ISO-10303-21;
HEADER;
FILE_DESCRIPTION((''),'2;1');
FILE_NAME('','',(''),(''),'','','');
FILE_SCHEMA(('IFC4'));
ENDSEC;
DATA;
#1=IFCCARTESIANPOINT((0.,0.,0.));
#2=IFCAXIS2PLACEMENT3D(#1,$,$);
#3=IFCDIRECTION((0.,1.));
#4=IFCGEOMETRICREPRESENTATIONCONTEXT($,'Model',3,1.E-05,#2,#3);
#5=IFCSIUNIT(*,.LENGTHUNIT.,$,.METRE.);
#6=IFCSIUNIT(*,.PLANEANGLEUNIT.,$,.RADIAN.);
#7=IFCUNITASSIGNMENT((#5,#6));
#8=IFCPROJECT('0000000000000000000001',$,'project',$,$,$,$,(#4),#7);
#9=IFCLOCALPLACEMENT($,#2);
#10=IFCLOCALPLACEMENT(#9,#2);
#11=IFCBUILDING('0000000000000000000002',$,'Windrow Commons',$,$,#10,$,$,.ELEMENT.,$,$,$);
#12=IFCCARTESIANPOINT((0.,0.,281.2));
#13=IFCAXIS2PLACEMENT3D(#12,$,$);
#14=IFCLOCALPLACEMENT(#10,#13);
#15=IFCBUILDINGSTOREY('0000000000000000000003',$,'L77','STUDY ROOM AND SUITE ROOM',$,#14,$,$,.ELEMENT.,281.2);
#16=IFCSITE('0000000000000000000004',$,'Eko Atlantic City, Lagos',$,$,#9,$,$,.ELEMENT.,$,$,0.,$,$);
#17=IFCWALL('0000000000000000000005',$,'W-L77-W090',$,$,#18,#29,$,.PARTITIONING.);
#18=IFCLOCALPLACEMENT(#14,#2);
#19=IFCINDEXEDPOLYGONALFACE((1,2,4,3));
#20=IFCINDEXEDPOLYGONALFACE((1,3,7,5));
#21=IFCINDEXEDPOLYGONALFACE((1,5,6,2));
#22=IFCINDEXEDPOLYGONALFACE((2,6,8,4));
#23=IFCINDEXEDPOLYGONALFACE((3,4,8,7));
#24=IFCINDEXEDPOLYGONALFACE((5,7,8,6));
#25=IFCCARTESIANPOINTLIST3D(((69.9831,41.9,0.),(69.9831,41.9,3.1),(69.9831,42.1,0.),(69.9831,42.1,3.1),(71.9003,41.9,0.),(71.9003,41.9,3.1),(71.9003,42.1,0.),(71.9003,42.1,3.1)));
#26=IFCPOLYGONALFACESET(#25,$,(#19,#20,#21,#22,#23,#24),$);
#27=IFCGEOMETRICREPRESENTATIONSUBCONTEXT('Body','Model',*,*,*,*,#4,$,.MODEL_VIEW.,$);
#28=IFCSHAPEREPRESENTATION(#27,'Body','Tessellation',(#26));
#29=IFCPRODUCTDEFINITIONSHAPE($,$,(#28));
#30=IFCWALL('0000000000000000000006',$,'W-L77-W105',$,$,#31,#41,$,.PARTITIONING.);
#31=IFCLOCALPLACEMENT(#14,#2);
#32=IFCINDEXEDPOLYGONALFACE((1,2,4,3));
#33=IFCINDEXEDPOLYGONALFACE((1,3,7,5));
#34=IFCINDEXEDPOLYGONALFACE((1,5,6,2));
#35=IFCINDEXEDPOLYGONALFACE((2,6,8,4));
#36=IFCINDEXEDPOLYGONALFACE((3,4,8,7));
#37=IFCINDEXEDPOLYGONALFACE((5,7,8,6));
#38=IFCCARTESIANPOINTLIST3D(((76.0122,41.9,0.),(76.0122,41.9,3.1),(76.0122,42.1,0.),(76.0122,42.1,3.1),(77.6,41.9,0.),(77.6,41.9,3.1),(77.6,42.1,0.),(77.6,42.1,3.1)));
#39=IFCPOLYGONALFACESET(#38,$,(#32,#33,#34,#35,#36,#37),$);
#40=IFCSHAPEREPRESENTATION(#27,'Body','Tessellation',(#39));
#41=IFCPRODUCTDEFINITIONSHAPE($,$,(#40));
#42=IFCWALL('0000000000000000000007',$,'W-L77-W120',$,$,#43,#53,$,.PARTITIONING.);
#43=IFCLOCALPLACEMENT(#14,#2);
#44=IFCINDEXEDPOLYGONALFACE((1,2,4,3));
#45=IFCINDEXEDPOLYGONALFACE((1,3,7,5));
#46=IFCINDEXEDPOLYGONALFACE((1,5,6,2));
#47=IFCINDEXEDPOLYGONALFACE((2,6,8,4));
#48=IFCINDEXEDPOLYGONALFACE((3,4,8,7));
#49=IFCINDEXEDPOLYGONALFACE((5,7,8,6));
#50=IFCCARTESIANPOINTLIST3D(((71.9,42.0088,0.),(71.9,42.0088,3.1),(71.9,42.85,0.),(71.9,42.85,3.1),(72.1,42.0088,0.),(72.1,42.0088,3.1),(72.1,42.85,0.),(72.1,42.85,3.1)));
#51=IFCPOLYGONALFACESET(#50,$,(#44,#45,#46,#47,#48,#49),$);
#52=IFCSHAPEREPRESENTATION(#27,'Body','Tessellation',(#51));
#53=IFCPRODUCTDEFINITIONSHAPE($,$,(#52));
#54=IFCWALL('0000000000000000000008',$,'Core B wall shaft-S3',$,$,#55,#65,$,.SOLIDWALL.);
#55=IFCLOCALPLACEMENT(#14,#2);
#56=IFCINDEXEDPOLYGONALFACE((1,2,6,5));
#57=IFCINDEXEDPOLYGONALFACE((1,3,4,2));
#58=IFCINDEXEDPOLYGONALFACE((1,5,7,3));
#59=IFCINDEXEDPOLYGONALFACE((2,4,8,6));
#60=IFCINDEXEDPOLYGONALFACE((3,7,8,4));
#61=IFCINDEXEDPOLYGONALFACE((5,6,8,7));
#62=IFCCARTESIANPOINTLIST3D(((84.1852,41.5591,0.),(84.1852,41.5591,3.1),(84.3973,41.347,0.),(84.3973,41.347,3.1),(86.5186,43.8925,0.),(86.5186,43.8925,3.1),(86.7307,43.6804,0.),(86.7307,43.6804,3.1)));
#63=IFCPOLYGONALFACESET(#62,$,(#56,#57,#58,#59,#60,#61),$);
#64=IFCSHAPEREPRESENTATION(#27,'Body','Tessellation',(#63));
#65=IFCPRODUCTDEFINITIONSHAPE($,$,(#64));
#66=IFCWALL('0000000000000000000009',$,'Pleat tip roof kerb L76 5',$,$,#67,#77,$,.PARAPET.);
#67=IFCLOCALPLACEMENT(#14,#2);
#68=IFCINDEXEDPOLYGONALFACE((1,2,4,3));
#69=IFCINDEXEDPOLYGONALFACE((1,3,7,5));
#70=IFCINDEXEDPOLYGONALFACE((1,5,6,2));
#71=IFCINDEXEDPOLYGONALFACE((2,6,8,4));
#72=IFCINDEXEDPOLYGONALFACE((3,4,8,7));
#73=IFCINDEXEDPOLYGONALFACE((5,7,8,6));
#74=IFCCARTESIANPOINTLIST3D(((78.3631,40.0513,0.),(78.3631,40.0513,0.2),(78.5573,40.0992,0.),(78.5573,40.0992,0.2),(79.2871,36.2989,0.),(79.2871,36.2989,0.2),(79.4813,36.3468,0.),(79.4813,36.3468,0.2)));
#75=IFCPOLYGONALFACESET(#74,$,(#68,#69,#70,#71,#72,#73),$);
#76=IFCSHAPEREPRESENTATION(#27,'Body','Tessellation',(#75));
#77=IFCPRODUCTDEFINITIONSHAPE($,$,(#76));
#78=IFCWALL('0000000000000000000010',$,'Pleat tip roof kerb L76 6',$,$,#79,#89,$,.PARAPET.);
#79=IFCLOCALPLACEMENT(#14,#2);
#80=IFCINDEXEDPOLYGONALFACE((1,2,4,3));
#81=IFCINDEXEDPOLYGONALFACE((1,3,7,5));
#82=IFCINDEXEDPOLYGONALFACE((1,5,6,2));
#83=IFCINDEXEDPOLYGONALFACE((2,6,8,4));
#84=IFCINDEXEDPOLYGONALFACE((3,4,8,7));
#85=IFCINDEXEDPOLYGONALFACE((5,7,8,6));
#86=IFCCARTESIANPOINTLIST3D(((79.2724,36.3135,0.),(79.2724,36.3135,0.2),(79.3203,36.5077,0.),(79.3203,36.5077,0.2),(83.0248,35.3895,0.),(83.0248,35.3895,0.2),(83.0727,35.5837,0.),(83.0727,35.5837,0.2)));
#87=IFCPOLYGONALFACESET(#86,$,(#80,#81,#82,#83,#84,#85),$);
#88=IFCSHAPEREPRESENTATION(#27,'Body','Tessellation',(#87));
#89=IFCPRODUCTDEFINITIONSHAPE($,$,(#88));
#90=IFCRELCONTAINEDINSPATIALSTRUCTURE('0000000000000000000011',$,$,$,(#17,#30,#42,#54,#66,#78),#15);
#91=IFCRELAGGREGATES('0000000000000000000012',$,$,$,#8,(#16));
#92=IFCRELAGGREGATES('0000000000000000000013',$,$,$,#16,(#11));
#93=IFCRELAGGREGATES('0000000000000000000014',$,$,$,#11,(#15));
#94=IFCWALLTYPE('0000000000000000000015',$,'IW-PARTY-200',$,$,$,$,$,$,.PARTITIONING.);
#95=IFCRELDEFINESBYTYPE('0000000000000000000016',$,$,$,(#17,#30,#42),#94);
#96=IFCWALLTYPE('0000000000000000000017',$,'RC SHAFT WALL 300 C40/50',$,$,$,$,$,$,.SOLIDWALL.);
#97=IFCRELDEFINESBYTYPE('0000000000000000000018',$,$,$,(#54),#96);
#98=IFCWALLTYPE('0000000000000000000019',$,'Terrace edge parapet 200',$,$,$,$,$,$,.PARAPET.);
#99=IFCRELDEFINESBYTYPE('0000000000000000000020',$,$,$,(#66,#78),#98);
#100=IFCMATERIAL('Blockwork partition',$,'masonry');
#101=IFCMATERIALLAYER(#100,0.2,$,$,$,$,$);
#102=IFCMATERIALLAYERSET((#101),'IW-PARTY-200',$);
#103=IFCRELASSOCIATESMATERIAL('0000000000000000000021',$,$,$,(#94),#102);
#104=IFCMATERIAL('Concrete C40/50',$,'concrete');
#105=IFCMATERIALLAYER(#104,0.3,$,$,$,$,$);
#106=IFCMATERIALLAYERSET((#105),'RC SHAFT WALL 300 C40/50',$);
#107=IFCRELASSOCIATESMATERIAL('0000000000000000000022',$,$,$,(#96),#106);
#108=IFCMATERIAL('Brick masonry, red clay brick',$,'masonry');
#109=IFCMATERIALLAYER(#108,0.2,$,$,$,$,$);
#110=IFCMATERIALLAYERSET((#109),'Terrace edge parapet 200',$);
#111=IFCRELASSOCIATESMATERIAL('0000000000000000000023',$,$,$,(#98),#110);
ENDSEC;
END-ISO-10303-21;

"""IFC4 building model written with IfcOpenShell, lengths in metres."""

from ifc_helpers import new_model, si_unit, direction, frame, frame_2d, origin, place, context, subcontext, project, spatial, rectangle, extrude, material, layer, layer_set, type_object, element, save


model = new_model("IFC4")

# Units and contexts
model_context = context("Model", 3, precision=1e-05, world=origin(), true_north=direction((0.0, 1.0)))
body_context = subcontext(model_context, "Body", "Model", "MODEL_VIEW")
ifc_project = project(units=[si_unit("LENGTHUNIT", "METRE"), si_unit("PLANEANGLEUNIT", "RADIAN")], contexts=[model_context])

# Site, building, storey
site_placement = place(None, origin())
site = spatial("IfcSite", under=ifc_project, at=site_placement, Name="Eko Atlantic City, Lagos", CompositionType="ELEMENT", RefElevation=0.0)
building_placement = place(site_placement, origin())
building = spatial("IfcBuilding", under=site, at=building_placement, Name="Windrow Commons", CompositionType="ELEMENT")
storey_placement = place(building_placement, frame((0.0, 0.0, 281.2)))
storey = spatial("IfcBuildingStorey", under=building, at=storey_placement, Name="L77", Description="STUDY ROOM AND SUITE ROOM", CompositionType="ELEMENT", Elevation=281.2)

# Walls
ifc_material_1 = material(Name="Blockwork partition", Category="masonry")
ifc_layer_1 = layer(ifc_material_1, 0.2)
ifc_layer_set_1 = layer_set([ifc_layer_1], Name="IW-PARTY-200")
wall_type_1 = type_object("IfcWallType", Name="IW-PARTY-200", PredefinedType="PARTITIONING", material=ifc_layer_set_1)
wall_1_placement = place(storey_placement, frame((69.9831, 42.0, 0.0), z_axis=(0.0, 0.0, 1.0), x_axis=(1.0, 0.0, 0.0)))
element("IfcWall", 1, at=wall_1_placement, inside=storey, type_object=wall_type_1, Name="W-L77-W090", PredefinedType="PARTITIONING", context=body_context, shape_type="SweptSolid", body=[
    extrude(rectangle(XDim=1.9172, YDim=0.2, at=frame_2d((0.9586, 0.0))), origin(), (0.0, 0.0, 1.0), 3.1),
])
wall_2_placement = place(storey_placement, frame((76.0122, 42.0, 0.0), z_axis=(0.0, 0.0, 1.0), x_axis=(1.0, 0.0, 0.0)))
element("IfcWall", 2, at=wall_2_placement, inside=storey, type_object=wall_type_1, Name="W-L77-W105", PredefinedType="PARTITIONING", context=body_context, shape_type="SweptSolid", body=[
    extrude(rectangle(XDim=1.5878, YDim=0.2, at=frame_2d((0.7939, 0.0))), origin(), (0.0, 0.0, 1.0), 3.1),
])
wall_3_placement = place(storey_placement, frame((72.0, 42.0087, 0.0), z_axis=(0.0, 0.0, 1.0), x_axis=(0.0, 1.0, 0.0)))
element("IfcWall", 3, at=wall_3_placement, inside=storey, type_object=wall_type_1, Name="W-L77-W120", PredefinedType="PARTITIONING", context=body_context, shape_type="SweptSolid", body=[
    extrude(rectangle(XDim=0.8413, YDim=0.2, at=frame_2d((0.4207, 0.0))), origin(), (0.0, 0.0, 1.0), 3.1),
])
ifc_material_2 = material(Name="Concrete C40/50", Category="concrete")
ifc_layer_2 = layer(ifc_material_2, 0.3)
ifc_layer_set_2 = layer_set([ifc_layer_2], Name="RC SHAFT WALL 300 C40/50")
wall_type_2 = type_object("IfcWallType", Name="RC SHAFT WALL 300 C40/50", PredefinedType="SOLIDWALL", material=ifc_layer_set_2)
wall_4_placement = place(storey_placement, frame((84.2912, 41.453, 0.0), z_axis=(0.0, 0.0, 1.0), x_axis=(0.707107, 0.707107, 0.0)))
element("IfcWall", 4, at=wall_4_placement, inside=storey, type_object=wall_type_2, Name="Core B wall shaft-S3", PredefinedType="SOLIDWALL", context=body_context, shape_type="SweptSolid", body=[
    extrude(rectangle(XDim=3.2999, YDim=0.3, at=frame_2d((1.65, 0.0))), origin(), (0.0, 0.0, 1.0), 3.1),
])
ifc_material_3 = material(Name="Brick masonry, red clay brick", Category="masonry")
ifc_layer_3 = layer(ifc_material_3, 0.2)
ifc_layer_set_3 = layer_set([ifc_layer_3], Name="Terrace edge parapet 200")
wall_type_3 = type_object("IfcWallType", Name="Terrace edge parapet 200", PredefinedType="PARAPET", material=ifc_layer_set_3)
for number, where, z_axis, x_axis, name in (
    (5, (79.3842, 36.3228, 0.0), (0.0, 0.0, 1.0), (-0.2391, 0.970995, 0.0), "Pleat tip roof kerb L76 5"),
    (6, (83.0488, 35.4866, 0.0), (0.0, 0.0, 1.0), (-0.970995, 0.2391, 0.0), "Pleat tip roof kerb L76 6"),
):
    element("IfcWall", number, at=place(storey_placement, frame(where, z_axis=z_axis, x_axis=x_axis)), inside=storey, type_object=wall_type_3, Name=name, PredefinedType="PARAPET", context=body_context, shape_type="SweptSolid", body=[
        extrude(rectangle(XDim=3.8645, YDim=0.2, at=frame_2d((1.9323, 0.0))), origin(), (0.0, 0.0, 1.0), 0.2),
    ])

save(model, "model.ifc")
